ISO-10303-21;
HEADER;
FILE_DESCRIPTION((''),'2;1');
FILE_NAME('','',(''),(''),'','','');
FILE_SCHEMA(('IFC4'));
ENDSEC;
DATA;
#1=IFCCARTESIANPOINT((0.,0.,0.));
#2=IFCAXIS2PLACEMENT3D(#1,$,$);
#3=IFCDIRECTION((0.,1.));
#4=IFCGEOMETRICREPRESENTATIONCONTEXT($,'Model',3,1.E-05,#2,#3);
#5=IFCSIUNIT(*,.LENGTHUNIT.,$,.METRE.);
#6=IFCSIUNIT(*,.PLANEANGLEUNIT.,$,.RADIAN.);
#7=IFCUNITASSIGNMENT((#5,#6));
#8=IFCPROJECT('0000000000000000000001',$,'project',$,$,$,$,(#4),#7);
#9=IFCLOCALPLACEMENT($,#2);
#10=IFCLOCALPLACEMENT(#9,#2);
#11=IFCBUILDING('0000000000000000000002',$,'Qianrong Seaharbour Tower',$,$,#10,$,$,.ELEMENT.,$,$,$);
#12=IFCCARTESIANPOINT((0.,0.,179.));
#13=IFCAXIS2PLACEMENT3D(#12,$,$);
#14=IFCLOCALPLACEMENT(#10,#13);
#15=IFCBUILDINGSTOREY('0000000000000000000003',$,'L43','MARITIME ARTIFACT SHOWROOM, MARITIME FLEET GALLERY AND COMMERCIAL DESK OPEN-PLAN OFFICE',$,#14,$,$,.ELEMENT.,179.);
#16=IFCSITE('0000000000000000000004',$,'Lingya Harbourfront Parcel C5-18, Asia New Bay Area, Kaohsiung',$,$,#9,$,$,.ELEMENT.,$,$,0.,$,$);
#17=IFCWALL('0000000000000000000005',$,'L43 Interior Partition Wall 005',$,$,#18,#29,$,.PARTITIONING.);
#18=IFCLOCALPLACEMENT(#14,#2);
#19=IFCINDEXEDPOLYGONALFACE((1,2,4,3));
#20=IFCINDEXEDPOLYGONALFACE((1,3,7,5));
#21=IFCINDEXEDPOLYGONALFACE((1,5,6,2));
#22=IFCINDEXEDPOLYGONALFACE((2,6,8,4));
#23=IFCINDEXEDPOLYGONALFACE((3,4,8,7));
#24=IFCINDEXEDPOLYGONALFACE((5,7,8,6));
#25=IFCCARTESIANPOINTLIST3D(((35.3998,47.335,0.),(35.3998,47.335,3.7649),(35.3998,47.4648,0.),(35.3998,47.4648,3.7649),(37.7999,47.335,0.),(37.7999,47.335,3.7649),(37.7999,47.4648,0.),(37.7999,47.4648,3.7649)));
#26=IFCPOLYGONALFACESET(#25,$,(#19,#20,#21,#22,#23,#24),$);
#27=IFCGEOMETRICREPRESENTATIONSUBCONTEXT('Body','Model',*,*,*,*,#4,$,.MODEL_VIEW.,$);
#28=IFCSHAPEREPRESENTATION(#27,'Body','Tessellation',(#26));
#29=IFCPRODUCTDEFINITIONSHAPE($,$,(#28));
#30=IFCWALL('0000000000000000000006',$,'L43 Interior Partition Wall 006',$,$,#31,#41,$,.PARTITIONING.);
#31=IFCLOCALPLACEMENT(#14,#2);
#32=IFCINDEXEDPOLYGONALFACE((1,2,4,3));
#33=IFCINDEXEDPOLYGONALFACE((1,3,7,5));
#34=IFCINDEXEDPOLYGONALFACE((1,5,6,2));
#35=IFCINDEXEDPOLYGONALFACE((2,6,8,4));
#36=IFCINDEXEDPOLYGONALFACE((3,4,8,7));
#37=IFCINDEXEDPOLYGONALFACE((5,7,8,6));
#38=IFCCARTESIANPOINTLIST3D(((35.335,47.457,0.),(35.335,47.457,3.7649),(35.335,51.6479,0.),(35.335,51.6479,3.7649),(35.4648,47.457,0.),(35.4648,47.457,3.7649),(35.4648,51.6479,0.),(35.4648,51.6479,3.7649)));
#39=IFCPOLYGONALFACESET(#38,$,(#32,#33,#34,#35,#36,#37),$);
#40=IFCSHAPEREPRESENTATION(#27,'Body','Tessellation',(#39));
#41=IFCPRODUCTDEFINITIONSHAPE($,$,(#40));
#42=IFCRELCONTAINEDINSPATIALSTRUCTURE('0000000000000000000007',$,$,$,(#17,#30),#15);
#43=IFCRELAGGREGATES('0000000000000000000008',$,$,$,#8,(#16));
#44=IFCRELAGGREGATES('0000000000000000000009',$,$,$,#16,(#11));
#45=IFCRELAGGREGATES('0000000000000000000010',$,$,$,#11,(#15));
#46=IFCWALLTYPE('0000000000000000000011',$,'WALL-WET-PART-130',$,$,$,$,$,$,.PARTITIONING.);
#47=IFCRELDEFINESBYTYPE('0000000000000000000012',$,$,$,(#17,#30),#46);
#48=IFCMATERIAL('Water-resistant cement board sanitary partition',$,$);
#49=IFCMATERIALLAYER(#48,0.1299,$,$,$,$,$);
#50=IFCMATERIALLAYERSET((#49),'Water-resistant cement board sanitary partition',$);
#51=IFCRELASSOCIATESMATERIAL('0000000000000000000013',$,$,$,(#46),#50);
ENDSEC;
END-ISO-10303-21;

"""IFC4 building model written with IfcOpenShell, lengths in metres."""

from ifc_helpers import new_model, si_unit, direction, frame, frame_2d, origin, place, context, subcontext, project, spatial, rectangle, extrude, material, layer, layer_set, type_object, element, save


model = new_model("IFC4")

# Units and contexts
model_context = context("Model", 3, precision=1e-05, world=origin(), true_north=direction((0.0, 1.0)))
body_context = subcontext(model_context, "Body", "Model", "MODEL_VIEW")
ifc_project = project(units=[si_unit("LENGTHUNIT", "METRE"), si_unit("PLANEANGLEUNIT", "RADIAN")], contexts=[model_context])

# Site, building, storey
site_placement = place(None, origin())
site = spatial("IfcSite", under=ifc_project, at=site_placement, Name="Lingya Harbourfront Parcel C5-18, Asia New Bay Area, Kaohsiung", CompositionType="ELEMENT", RefElevation=0.0)
building_placement = place(site_placement, origin())
building = spatial("IfcBuilding", under=site, at=building_placement, Name="Qianrong Seaharbour Tower", CompositionType="ELEMENT")
storey_placement = place(building_placement, frame((0.0, 0.0, 179.0)))
storey = spatial("IfcBuildingStorey", under=building, at=storey_placement, Name="L43", Description="MARITIME ARTIFACT SHOWROOM, MARITIME FLEET GALLERY AND COMMERCIAL DESK OPEN-PLAN OFFICE", CompositionType="ELEMENT", Elevation=179.0)

# Shared definitions
ifc_material_1 = material(Name="Water-resistant cement board sanitary partition")
ifc_layer_1 = layer(ifc_material_1, 0.1299)
ifc_layer_set_1 = layer_set([ifc_layer_1], Name="Water-resistant cement board sanitary partition")
wall_type_1 = type_object("IfcWallType", Name="WALL-WET-PART-130", PredefinedType="PARTITIONING", material=ifc_layer_set_1)

# Walls
wall_1_placement = place(storey_placement, frame((37.8, 47.3999, 0.0), z_axis=(0.0, 0.0, 1.0), x_axis=(-1.0, 0.0, 0.0)))
element("IfcWall", 1, at=wall_1_placement, inside=storey, type_object=wall_type_1, Name="L43 Interior Partition Wall 005", PredefinedType="PARTITIONING", context=body_context, shape_type="SweptSolid", body=[
    extrude(rectangle(XDim=2.4001, YDim=0.1299, at=frame_2d((1.2002, 0.0))), origin(), (0.0, 0.0, 1.0), 3.7649),
])
wall_2_placement = place(storey_placement, frame((35.3999, 47.457, 0.0), z_axis=(0.0, 0.0, 1.0), x_axis=(0.0, 1.0, 0.0)))
element("IfcWall", 2, at=wall_2_placement, inside=storey, type_object=wall_type_1, Name="L43 Interior Partition Wall 006", PredefinedType="PARTITIONING", context=body_context, shape_type="SweptSolid", body=[
    extrude(rectangle(XDim=4.1909, YDim=0.1299, at=frame_2d((2.0955, 0.0))), origin(), (0.0, 0.0, 1.0), 3.7649),
])

save(model, "model.ifc")
